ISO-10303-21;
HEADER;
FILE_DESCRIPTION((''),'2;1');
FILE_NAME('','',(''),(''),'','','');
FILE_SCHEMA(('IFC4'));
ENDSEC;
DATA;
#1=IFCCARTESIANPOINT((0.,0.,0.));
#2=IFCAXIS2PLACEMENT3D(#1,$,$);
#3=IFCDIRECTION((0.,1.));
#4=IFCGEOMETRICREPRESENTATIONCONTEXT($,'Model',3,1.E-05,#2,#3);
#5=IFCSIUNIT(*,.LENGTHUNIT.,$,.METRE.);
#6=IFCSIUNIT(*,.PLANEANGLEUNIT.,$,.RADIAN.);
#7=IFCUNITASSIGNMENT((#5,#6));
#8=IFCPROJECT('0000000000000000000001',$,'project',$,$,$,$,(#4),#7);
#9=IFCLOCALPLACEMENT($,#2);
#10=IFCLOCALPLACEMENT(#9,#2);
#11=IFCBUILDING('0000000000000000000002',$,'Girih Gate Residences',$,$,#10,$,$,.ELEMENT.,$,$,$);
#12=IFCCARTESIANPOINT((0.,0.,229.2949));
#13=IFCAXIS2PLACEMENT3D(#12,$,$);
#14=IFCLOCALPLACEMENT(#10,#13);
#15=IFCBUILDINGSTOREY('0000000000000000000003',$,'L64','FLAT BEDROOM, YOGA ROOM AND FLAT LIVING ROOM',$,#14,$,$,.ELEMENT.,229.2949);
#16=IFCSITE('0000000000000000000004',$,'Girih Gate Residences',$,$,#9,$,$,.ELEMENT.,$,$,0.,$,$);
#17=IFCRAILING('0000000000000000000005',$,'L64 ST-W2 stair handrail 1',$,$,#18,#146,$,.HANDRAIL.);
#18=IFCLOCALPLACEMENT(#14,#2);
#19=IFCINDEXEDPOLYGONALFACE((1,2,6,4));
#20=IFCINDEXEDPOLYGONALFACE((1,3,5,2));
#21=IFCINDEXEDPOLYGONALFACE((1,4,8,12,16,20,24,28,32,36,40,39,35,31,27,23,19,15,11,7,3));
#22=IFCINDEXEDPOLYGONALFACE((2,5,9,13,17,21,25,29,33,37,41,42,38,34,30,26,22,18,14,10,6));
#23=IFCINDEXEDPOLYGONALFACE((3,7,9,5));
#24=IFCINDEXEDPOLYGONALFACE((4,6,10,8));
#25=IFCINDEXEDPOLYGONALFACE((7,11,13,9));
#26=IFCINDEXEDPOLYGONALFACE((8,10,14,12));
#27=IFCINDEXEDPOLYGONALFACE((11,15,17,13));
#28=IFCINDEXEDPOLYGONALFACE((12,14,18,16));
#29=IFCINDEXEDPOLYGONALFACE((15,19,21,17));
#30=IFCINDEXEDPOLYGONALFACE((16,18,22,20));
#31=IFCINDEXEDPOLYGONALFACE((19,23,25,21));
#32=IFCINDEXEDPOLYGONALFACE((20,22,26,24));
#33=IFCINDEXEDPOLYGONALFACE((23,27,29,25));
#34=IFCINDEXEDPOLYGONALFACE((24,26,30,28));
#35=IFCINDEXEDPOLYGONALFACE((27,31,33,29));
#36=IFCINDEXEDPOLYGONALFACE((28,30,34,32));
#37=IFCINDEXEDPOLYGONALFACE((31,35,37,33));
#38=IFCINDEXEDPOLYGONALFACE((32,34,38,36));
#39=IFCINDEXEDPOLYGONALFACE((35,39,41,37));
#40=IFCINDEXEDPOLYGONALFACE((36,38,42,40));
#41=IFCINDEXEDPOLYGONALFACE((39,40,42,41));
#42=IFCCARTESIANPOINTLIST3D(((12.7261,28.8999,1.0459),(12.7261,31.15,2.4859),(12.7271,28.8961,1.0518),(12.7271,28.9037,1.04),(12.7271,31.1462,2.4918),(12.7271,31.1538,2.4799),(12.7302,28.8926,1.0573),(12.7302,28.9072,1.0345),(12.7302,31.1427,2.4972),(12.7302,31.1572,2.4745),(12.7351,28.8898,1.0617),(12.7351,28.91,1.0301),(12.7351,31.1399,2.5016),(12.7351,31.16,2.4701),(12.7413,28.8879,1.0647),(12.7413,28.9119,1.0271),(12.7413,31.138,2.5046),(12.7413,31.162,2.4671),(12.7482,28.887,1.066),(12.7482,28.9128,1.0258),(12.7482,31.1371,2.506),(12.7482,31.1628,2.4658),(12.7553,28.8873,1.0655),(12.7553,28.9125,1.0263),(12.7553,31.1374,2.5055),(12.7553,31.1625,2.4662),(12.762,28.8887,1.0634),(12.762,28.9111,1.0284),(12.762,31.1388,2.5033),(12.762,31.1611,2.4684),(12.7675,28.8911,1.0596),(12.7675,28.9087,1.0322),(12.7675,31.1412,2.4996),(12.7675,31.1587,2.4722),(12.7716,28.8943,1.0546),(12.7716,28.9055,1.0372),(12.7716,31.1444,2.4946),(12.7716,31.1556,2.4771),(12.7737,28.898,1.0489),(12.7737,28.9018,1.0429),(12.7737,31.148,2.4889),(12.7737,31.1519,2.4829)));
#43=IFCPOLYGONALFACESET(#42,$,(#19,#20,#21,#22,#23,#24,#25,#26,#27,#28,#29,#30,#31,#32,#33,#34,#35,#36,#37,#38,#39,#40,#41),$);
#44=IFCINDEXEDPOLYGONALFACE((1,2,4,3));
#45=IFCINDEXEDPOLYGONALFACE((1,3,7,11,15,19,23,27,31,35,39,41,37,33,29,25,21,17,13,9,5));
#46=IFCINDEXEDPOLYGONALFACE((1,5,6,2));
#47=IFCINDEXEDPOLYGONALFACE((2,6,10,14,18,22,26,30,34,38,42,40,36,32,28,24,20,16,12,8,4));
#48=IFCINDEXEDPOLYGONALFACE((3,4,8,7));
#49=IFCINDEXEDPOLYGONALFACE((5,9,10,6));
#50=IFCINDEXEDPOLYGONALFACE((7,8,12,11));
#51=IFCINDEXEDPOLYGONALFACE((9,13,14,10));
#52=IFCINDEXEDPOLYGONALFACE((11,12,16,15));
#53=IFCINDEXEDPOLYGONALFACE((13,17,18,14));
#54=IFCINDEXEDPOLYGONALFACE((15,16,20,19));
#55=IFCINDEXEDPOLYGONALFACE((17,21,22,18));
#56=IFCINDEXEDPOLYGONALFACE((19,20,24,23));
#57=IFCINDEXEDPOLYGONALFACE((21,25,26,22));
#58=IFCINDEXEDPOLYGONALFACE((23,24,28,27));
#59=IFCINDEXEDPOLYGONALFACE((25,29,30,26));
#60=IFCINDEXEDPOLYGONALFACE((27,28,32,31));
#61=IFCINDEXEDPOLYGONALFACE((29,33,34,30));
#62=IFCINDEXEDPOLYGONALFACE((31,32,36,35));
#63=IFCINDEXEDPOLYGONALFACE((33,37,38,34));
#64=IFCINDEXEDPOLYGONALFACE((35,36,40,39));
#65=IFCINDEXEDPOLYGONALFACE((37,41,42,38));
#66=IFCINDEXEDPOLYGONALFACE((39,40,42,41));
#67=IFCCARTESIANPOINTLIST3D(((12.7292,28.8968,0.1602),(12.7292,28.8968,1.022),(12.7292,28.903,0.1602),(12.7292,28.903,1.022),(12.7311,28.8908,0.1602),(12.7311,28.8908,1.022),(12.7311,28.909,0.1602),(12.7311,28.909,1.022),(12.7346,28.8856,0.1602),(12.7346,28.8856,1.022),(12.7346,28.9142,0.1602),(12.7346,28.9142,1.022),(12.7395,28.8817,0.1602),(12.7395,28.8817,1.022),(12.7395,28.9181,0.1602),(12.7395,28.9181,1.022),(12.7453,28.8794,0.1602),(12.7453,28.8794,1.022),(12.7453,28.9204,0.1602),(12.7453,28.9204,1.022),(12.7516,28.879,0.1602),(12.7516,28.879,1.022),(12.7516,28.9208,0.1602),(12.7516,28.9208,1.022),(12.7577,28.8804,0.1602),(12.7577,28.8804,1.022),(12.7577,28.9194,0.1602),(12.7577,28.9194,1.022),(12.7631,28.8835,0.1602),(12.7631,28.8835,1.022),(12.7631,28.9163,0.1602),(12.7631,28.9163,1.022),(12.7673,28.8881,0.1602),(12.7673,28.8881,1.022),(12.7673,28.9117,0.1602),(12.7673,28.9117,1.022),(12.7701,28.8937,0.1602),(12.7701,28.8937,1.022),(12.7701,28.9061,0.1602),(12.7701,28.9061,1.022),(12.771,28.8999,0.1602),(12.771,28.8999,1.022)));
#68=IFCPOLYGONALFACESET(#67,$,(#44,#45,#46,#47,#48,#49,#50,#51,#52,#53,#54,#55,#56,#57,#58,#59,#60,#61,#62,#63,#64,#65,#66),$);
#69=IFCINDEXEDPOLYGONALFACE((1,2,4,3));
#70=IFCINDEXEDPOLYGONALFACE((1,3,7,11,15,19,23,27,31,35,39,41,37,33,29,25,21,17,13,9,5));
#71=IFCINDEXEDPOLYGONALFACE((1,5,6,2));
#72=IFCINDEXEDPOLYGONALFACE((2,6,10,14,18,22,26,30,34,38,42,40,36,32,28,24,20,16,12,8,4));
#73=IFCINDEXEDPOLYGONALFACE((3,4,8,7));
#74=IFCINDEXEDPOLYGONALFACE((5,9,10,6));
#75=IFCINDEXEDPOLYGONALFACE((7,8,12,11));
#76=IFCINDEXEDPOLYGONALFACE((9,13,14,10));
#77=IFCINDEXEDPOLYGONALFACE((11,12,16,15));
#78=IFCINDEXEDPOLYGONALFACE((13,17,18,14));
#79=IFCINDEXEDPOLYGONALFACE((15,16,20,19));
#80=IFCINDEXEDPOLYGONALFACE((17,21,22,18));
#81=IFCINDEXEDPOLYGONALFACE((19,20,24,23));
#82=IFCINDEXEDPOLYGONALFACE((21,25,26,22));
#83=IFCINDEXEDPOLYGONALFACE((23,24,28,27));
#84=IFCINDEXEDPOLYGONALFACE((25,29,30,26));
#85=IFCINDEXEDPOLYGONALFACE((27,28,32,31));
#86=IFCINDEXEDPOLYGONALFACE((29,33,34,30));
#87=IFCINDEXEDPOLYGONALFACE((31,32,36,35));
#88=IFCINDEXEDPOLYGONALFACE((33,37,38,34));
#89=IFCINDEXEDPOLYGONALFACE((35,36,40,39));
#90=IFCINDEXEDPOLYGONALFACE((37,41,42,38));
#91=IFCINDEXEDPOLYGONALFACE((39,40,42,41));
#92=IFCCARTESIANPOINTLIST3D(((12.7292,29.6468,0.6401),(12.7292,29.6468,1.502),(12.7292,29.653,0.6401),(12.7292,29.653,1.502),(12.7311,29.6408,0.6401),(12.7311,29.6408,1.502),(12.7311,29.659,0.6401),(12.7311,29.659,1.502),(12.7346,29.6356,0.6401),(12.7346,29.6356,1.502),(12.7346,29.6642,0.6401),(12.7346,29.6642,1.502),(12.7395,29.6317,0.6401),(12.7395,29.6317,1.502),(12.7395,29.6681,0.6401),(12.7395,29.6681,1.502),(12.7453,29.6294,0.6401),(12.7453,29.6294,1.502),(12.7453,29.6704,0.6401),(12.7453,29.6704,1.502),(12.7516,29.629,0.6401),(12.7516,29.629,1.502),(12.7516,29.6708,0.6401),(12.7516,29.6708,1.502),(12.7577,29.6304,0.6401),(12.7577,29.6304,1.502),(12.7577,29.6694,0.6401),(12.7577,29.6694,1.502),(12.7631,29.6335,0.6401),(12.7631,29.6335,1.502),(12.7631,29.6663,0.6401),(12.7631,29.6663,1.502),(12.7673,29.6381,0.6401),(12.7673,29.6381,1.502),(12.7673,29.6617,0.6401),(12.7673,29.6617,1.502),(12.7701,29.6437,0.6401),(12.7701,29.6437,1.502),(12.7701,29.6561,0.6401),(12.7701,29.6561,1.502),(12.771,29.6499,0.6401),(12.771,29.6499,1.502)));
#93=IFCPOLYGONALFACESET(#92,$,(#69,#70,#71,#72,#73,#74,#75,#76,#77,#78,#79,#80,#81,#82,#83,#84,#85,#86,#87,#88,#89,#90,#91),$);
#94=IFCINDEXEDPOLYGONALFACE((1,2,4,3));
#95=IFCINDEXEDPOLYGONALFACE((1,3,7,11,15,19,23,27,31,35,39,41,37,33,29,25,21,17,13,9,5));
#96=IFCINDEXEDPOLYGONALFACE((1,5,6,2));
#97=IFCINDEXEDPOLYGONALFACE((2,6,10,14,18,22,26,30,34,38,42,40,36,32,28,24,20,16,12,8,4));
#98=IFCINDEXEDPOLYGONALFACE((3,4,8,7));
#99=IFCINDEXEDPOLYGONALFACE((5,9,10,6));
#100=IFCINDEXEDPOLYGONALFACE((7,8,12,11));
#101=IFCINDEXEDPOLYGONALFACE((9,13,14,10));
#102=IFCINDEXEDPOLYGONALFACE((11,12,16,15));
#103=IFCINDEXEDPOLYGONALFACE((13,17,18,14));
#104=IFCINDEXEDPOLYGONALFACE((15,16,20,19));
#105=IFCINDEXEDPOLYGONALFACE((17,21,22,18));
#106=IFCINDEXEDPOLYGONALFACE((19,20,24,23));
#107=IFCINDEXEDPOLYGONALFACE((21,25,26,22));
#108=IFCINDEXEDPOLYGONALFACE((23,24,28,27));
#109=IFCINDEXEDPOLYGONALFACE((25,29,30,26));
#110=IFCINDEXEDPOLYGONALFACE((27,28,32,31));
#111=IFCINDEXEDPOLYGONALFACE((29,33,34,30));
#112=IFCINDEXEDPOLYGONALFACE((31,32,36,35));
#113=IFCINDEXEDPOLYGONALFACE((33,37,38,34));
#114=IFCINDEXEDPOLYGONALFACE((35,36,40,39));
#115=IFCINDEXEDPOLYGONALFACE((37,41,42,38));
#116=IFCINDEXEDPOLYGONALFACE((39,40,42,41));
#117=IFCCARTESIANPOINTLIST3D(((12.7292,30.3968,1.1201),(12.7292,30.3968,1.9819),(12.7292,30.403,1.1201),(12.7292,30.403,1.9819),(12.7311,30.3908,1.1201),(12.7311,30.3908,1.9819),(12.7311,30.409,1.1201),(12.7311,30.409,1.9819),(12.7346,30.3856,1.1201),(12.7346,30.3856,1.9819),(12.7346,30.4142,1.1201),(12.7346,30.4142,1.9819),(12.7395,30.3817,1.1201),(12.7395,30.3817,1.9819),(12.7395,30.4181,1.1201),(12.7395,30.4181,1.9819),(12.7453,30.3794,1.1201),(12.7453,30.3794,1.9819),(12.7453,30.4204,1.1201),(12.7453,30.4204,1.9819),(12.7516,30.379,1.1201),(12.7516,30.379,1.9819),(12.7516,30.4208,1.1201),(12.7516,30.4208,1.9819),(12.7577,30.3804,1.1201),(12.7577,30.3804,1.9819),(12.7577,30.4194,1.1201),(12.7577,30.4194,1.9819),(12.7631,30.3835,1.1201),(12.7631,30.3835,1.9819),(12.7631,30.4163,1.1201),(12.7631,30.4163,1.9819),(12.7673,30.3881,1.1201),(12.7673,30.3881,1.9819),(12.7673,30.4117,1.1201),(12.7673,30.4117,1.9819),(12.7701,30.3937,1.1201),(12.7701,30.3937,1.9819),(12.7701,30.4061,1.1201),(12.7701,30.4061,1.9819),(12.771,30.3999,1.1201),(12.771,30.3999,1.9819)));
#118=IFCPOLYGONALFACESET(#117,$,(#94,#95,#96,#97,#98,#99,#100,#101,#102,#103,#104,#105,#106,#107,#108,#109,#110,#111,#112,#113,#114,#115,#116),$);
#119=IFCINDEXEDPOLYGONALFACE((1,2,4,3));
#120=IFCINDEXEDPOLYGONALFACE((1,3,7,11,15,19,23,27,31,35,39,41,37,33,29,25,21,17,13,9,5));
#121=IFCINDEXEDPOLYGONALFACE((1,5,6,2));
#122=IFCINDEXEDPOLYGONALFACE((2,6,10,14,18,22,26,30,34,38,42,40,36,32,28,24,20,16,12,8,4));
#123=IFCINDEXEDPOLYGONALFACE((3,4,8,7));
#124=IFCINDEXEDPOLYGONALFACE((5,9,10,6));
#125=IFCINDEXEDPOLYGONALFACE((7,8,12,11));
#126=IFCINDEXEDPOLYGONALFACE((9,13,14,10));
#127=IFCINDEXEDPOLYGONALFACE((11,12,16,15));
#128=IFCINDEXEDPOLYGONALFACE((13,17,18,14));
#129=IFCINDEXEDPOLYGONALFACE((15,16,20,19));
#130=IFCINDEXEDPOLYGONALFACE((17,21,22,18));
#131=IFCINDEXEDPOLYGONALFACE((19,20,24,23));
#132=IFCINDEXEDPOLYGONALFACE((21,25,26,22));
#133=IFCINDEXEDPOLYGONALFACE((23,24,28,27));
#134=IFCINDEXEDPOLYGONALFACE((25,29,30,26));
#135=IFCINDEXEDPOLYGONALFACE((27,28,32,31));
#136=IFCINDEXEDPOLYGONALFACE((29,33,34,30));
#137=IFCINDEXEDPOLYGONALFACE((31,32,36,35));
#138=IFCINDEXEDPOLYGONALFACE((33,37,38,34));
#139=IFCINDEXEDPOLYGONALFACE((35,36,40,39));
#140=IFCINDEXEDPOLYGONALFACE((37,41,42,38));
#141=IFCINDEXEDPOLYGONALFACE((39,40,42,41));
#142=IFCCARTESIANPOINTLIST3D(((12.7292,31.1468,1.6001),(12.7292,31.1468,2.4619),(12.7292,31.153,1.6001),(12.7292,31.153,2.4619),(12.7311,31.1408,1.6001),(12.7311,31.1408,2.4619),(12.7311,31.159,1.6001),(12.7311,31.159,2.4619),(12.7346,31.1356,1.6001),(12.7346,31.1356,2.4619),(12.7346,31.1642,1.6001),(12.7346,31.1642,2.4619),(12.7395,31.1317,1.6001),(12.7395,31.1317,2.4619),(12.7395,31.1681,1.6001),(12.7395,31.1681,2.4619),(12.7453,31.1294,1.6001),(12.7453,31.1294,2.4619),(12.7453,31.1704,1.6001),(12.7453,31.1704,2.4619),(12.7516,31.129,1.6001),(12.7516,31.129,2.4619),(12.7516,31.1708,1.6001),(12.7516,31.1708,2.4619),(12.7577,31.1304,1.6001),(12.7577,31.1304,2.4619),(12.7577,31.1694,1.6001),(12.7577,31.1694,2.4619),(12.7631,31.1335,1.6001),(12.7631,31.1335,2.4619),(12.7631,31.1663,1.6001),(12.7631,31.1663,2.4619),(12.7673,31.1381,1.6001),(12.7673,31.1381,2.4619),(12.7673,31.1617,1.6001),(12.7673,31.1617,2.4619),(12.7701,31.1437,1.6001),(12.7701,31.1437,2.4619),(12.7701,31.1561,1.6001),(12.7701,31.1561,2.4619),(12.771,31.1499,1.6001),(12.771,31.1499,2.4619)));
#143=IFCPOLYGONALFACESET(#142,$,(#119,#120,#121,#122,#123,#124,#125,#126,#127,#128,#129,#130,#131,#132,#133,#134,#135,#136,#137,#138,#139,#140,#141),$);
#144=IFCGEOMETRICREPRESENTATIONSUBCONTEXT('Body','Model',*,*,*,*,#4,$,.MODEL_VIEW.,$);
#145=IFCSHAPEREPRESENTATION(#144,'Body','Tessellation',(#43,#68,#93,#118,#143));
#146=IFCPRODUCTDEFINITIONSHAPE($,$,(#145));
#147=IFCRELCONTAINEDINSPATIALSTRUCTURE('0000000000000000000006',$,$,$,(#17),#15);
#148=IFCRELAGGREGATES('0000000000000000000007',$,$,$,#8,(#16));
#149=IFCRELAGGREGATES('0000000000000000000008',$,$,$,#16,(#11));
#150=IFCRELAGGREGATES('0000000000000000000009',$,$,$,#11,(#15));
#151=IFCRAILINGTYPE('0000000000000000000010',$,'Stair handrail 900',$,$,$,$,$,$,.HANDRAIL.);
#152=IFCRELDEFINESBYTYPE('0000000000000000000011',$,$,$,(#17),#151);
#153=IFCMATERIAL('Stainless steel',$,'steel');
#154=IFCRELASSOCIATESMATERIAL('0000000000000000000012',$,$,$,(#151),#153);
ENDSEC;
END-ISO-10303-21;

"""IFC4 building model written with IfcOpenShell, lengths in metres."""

from ifc_helpers import new_model, si_unit, direction, frame, origin, origin_2d, place, context, subcontext, project, spatial, circle, extrude, material, type_object, element, save


model = new_model("IFC4")

# Units and contexts
model_context = context("Model", 3, precision=1e-05, world=origin(), true_north=direction((0.0, 1.0)))
body_context = subcontext(model_context, "Body", "Model", "MODEL_VIEW")
ifc_project = project(units=[si_unit("LENGTHUNIT", "METRE"), si_unit("PLANEANGLEUNIT", "RADIAN")], contexts=[model_context])

# Site, building, storey
site_placement = place(None, origin())
site = spatial("IfcSite", under=ifc_project, at=site_placement, Name="Girih Gate Residences", CompositionType="ELEMENT", RefElevation=0.0)
building_placement = place(site_placement, origin())
building = spatial("IfcBuilding", under=site, at=building_placement, Name="Girih Gate Residences", CompositionType="ELEMENT")
storey_placement = place(building_placement, frame((0.0, 0.0, 229.2949)))
storey = spatial("IfcBuildingStorey", under=building, at=storey_placement, Name="L64", Description="FLAT BEDROOM, YOGA ROOM AND FLAT LIVING ROOM", CompositionType="ELEMENT", Elevation=229.2949)

# Railing
ifc_material_1 = material(Name="Stainless steel", Category="steel")
railing_type_1 = type_object("IfcRailingType", Name="Stair handrail 900", PredefinedType="HANDRAIL", material=ifc_material_1)
railing_1_placement = place(storey_placement, frame((12.75, 28.8999, 0.1602)))
element("IfcRailing", 1, at=railing_1_placement, inside=storey, type_object=railing_type_1, Name="L64 ST-W2 stair handrail 1", PredefinedType="HANDRAIL", context=body_context, shape_type="SweptSolid", body=[
    extrude(circle(Radius=0.0239, at=origin_2d()), frame((0.0, 0.0, 0.8857), z_axis=(0.0, 0.842281, 0.539038), x_axis=(-1.0, 0.0, 0.0)), (0.0, 0.0, 1.0), 2.6714),
    extrude(circle(Radius=0.021, at=origin_2d()), origin(), (0.0, 0.0, 1.0), 0.8618),
    extrude(circle(Radius=0.021, at=origin_2d()), frame((0.0, 0.75, 0.48)), (0.0, 0.0, 1.0), 0.8618),
    extrude(circle(Radius=0.021, at=origin_2d()), frame((0.0, 1.5, 0.96)), (0.0, 0.0, 1.0), 0.8618),
    extrude(circle(Radius=0.021, at=origin_2d()), frame((0.0, 2.25, 1.4399)), (0.0, 0.0, 1.0), 0.8618),
])

save(model, "model.ifc")
